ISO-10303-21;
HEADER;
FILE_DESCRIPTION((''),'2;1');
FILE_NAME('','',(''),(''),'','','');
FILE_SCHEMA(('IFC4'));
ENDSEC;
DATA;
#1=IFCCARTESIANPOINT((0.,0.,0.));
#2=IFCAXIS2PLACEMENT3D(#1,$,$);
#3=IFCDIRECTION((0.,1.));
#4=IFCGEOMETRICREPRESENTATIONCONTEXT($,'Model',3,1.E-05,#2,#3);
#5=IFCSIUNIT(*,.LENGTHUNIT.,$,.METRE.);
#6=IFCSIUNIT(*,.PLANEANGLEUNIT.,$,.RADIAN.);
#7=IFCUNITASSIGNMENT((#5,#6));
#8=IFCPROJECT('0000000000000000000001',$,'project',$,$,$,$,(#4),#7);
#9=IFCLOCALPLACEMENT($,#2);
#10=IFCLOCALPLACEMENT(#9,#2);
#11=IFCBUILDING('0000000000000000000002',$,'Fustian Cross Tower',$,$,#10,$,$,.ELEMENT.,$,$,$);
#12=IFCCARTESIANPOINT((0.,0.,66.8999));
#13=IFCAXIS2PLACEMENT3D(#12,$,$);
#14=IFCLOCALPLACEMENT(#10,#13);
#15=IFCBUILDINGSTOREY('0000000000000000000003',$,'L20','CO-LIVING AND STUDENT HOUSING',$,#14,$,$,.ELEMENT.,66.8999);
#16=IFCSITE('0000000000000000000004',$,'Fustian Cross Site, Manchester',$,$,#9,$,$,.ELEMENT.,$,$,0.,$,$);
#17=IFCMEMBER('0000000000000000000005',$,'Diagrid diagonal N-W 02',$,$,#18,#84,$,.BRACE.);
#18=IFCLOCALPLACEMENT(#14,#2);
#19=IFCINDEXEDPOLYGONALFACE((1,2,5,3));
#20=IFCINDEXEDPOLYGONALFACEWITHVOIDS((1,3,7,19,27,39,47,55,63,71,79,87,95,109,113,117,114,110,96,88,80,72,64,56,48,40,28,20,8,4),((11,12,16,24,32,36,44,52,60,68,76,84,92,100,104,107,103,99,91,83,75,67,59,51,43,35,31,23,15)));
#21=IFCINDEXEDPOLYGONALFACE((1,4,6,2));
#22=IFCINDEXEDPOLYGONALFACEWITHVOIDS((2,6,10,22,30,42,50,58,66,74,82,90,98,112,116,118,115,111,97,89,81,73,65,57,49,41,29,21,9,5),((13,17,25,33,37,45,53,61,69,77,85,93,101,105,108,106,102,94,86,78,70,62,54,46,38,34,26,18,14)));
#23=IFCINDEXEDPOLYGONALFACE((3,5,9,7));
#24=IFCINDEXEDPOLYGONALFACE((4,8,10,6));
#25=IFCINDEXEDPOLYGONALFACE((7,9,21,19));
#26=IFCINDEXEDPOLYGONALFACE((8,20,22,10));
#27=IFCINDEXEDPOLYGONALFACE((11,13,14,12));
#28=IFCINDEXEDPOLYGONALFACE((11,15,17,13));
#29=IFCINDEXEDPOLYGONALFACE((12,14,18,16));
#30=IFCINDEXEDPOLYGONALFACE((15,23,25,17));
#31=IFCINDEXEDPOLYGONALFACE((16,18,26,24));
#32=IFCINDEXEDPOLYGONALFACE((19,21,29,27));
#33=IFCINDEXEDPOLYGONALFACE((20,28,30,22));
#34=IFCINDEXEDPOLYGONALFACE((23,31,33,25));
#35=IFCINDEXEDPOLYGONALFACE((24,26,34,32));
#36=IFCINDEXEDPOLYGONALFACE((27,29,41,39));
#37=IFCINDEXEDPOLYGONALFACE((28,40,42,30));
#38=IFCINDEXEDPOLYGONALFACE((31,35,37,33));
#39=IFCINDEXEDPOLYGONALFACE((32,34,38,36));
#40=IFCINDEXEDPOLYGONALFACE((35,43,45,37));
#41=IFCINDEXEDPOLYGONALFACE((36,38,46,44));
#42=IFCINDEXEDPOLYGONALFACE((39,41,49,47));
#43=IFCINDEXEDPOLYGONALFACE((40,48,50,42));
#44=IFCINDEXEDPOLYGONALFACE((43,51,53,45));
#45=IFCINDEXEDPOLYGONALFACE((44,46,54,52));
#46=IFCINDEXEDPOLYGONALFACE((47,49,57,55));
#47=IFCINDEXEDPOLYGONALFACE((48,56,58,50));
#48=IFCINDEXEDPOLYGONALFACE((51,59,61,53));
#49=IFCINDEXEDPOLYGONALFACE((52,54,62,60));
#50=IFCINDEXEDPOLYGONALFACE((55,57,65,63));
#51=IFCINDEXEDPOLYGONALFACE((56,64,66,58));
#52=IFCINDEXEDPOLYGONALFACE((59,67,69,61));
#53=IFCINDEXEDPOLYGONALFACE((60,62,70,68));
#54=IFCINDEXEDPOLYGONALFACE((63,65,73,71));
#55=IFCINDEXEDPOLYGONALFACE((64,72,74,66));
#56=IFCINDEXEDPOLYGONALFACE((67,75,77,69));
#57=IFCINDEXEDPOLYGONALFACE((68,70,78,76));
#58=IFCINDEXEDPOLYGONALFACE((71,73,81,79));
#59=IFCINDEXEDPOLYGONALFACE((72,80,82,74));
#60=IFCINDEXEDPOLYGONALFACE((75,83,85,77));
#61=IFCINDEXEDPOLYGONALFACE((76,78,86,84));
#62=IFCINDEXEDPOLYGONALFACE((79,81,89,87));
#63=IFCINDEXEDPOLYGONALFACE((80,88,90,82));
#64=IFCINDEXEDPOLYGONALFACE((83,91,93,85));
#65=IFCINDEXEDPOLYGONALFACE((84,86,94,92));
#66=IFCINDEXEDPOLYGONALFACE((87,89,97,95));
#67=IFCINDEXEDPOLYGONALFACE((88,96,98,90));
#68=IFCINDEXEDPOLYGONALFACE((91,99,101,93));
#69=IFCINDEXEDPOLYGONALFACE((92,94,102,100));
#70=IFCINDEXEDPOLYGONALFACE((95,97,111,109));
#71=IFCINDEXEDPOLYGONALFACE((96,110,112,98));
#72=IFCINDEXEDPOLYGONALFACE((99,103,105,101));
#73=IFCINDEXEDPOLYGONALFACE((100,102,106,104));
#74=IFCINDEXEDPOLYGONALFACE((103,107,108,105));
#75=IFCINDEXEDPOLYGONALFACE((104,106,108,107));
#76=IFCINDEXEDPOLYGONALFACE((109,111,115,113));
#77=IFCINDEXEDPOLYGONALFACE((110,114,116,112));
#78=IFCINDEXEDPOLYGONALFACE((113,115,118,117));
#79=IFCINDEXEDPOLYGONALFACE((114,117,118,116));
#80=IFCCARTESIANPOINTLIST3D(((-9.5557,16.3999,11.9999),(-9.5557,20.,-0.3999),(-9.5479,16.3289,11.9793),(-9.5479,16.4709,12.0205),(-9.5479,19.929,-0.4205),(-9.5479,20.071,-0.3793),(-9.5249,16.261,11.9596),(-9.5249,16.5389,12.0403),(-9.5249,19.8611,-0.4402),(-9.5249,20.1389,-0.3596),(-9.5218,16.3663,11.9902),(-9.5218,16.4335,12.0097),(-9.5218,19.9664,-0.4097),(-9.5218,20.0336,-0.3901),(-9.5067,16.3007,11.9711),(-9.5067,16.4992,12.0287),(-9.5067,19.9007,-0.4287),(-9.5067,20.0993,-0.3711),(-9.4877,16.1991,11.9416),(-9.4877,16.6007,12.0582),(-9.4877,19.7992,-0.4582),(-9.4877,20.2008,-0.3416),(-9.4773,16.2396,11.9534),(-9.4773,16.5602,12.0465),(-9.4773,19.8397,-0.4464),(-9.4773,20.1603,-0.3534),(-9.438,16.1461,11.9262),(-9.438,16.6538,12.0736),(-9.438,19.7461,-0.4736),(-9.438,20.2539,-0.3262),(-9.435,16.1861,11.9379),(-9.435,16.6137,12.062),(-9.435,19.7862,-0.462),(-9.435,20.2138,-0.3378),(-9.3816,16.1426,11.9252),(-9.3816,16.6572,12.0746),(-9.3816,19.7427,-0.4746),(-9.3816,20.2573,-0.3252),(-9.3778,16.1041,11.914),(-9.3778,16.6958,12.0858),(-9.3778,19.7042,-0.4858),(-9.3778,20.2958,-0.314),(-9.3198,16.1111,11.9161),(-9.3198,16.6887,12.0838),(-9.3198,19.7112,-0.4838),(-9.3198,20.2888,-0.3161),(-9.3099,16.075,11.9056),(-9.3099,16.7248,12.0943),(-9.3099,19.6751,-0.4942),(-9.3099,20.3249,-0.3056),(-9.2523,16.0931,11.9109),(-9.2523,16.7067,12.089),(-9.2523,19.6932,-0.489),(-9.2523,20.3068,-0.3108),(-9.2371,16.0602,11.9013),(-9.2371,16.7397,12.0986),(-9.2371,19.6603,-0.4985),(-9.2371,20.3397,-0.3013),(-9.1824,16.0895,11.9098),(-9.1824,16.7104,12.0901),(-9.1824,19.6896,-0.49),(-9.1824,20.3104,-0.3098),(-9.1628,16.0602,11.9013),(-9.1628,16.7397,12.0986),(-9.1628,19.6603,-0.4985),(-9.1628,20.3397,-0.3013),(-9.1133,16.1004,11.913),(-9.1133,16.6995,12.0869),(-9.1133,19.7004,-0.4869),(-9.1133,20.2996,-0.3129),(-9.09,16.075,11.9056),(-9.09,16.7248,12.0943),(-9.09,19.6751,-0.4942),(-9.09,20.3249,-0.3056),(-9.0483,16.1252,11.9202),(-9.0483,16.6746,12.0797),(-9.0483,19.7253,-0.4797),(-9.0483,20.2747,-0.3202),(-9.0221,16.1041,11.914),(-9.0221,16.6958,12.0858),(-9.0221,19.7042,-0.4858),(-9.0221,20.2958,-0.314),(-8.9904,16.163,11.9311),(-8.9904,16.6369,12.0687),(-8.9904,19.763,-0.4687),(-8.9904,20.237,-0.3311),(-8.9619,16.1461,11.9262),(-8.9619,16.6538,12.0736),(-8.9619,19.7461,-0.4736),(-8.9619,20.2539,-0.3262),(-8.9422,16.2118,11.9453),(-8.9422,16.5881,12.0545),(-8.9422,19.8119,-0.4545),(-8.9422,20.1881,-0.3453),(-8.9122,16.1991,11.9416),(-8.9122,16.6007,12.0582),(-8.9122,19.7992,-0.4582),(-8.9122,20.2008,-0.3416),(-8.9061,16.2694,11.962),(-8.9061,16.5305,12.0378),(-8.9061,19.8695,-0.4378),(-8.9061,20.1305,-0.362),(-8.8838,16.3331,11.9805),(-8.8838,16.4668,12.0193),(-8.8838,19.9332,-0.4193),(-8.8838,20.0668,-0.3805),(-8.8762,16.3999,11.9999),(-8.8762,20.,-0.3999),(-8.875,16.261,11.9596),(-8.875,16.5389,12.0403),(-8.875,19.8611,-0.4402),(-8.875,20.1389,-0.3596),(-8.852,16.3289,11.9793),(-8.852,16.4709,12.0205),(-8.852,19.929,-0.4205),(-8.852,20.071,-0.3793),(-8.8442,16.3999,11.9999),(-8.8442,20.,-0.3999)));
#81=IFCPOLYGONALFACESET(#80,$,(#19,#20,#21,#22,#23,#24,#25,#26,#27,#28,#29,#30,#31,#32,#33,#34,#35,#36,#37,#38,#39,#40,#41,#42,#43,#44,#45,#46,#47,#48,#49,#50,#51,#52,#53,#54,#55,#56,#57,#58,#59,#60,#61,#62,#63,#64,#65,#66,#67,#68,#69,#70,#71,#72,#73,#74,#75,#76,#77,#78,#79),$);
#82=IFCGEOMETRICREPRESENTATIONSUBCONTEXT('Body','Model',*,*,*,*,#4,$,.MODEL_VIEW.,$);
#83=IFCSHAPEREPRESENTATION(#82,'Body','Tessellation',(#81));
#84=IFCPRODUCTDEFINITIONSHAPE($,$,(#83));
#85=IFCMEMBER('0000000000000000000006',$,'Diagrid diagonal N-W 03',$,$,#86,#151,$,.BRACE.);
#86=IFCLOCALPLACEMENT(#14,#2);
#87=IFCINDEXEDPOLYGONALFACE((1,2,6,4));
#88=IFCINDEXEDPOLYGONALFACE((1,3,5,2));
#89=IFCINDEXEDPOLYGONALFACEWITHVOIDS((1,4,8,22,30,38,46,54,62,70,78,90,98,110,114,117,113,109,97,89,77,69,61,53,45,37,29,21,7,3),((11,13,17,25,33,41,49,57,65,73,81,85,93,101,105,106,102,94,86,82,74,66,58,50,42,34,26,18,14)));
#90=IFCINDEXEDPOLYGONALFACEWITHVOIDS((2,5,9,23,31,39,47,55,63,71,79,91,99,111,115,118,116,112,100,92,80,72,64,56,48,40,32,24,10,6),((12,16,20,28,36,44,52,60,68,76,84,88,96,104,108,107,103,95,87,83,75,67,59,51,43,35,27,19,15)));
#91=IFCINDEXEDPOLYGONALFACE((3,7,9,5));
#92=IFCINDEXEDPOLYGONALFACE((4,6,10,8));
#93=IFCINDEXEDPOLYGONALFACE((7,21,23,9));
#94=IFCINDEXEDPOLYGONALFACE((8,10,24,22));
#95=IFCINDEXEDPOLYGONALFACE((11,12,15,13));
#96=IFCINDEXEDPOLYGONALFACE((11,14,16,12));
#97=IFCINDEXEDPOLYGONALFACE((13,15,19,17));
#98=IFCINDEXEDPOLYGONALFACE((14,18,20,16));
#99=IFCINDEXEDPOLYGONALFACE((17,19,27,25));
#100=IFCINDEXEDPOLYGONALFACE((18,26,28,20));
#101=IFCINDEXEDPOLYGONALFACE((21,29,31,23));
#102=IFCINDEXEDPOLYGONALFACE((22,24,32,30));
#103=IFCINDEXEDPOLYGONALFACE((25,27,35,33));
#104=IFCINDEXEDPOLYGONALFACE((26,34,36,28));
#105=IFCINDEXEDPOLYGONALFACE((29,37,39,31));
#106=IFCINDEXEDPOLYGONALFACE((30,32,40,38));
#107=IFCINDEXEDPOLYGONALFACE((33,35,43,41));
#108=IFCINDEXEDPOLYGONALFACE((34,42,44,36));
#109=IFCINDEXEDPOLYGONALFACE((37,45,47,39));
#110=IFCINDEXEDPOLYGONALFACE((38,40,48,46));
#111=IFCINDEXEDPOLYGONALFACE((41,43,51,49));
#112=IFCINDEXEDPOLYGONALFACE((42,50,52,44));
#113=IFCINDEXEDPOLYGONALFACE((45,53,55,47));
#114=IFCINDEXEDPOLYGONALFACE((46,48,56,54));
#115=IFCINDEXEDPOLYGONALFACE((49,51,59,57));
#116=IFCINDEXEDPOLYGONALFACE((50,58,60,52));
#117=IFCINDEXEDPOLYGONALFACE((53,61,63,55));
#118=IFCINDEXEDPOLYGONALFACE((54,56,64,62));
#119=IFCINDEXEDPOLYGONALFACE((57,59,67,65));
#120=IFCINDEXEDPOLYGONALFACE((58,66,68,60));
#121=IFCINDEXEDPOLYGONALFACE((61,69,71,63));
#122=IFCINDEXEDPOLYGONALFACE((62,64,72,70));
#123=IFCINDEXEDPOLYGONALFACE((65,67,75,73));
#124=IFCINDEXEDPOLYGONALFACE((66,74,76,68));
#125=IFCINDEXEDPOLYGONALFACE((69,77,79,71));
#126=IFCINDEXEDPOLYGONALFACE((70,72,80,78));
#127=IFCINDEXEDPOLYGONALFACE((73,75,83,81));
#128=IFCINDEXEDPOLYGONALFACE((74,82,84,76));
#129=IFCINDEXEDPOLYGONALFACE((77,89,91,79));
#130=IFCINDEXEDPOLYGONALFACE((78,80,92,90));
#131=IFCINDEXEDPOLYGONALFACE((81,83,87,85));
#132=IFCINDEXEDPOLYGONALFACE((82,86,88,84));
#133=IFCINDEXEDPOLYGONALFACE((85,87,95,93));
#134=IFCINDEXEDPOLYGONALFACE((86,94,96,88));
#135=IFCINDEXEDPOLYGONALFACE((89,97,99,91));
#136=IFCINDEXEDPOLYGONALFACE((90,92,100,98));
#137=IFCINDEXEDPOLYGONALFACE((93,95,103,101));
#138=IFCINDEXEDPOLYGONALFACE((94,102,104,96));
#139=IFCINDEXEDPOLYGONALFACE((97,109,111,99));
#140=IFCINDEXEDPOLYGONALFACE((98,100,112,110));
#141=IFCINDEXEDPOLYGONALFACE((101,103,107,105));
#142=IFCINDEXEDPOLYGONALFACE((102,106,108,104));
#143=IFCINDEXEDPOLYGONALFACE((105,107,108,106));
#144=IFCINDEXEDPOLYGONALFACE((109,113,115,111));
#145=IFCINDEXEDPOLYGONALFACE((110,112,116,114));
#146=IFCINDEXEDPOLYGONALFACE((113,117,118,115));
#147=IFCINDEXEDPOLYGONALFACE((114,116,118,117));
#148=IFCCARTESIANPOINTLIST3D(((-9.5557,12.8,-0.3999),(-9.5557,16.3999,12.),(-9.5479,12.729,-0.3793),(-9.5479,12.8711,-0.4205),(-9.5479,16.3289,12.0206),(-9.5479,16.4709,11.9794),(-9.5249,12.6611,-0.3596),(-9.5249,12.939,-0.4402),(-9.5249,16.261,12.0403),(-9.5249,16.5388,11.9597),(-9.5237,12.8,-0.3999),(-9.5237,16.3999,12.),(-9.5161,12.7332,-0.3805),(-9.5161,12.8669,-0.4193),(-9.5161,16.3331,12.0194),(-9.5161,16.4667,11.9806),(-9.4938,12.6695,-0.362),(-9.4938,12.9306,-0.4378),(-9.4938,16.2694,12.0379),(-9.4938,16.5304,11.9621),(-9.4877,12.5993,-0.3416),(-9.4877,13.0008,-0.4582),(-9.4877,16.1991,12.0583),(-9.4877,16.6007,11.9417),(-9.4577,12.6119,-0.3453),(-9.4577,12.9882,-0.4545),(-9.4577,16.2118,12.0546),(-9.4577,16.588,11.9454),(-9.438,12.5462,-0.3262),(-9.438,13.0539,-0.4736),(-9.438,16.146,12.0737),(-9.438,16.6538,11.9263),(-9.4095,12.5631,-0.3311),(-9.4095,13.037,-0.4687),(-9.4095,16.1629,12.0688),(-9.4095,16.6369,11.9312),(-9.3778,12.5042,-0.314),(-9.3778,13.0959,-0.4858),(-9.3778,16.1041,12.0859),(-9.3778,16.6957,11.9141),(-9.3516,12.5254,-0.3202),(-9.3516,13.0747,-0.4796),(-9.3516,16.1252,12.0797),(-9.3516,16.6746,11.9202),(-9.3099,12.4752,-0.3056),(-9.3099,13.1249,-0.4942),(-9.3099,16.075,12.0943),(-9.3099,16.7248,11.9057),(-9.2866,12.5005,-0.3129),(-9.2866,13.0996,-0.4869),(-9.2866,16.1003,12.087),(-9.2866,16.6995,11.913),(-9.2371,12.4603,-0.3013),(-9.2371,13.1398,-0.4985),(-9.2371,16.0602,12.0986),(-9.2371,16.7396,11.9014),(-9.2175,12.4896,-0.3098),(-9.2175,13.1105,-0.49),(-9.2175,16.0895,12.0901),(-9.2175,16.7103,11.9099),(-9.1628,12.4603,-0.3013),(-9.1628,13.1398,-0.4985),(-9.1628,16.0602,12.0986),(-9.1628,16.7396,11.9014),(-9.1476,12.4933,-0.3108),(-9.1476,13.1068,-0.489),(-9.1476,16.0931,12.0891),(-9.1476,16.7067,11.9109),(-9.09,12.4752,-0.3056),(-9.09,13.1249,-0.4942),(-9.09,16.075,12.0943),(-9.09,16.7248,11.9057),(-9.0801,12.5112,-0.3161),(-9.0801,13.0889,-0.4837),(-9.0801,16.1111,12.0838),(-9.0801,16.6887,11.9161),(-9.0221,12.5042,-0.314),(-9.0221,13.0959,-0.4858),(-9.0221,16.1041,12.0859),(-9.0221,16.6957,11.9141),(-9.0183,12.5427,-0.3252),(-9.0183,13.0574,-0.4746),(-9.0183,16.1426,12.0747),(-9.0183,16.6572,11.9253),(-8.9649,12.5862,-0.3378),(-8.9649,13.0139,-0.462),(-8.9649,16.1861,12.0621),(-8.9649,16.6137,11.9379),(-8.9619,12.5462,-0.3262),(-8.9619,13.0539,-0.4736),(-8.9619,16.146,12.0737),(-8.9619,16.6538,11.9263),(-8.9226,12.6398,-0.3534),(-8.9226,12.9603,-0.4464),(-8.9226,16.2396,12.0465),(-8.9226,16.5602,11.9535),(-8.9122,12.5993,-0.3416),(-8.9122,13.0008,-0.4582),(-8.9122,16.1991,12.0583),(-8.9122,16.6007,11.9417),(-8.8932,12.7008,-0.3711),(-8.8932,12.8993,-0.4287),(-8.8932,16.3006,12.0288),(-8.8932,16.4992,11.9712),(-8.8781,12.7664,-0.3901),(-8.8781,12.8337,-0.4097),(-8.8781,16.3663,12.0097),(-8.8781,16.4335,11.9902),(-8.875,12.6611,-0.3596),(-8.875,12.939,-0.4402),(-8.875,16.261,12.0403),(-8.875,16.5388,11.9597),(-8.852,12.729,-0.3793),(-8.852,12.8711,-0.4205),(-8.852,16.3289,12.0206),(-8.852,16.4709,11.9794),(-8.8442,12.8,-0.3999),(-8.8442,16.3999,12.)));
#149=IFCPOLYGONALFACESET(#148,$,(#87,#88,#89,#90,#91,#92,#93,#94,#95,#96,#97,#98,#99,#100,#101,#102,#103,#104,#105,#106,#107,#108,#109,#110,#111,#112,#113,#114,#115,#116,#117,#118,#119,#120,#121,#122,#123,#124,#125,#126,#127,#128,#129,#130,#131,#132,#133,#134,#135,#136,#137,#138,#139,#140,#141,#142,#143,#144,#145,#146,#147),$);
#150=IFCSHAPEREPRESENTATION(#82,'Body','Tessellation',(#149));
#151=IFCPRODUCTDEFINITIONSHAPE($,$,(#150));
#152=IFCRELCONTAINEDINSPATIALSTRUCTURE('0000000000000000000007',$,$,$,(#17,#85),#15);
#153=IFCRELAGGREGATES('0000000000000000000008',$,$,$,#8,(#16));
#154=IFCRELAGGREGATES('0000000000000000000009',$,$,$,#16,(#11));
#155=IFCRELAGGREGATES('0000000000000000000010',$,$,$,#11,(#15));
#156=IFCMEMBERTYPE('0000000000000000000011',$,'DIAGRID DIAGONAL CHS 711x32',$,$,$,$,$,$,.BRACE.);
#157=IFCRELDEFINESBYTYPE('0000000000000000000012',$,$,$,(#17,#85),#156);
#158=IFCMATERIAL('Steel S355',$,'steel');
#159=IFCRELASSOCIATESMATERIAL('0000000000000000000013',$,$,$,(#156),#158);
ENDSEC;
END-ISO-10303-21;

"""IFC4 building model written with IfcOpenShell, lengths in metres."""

from ifc_helpers import new_model, si_unit, direction, frame, origin, origin_2d, place, context, subcontext, project, spatial, hollow_circle, extrude, material, material_profile, profile_set, type_object, element, save


model = new_model("IFC4")

# Units and contexts
model_context = context("Model", 3, precision=1e-05, world=origin(), true_north=direction((0.0, 1.0)))
body_context = subcontext(model_context, "Body", "Model", "MODEL_VIEW")
ifc_project = project(units=[si_unit("LENGTHUNIT", "METRE"), si_unit("PLANEANGLEUNIT", "RADIAN")], contexts=[model_context])

# Site, building, storey
site_placement = place(None, origin())
site = spatial("IfcSite", under=ifc_project, at=site_placement, Name="Fustian Cross Site, Manchester", CompositionType="ELEMENT", RefElevation=0.0)
building_placement = place(site_placement, origin())
building = spatial("IfcBuilding", under=site, at=building_placement, Name="Fustian Cross Tower", CompositionType="ELEMENT")
storey_placement = place(building_placement, frame((0.0, 0.0, 66.8999)))
storey = spatial("IfcBuildingStorey", under=building, at=storey_placement, Name="L20", Description="CO-LIVING AND STUDENT HOUSING", CompositionType="ELEMENT", Elevation=66.8999)

# Members
ifc_material_1 = material(Name="Steel S355", Category="steel")
ifc_material_profile_1 = material_profile(ifc_material_1, hollow_circle(Radius=0.3557, WallThickness=0.032, at=origin_2d()), Name="CHS 711x32")
ifc_profile_set_1 = profile_set([ifc_material_profile_1], Name="Steel S355")
member_type_1 = type_object("IfcMemberType", Name="DIAGRID DIAGONAL CHS 711x32", PredefinedType="BRACE", material=ifc_profile_set_1)
for number, where, z_axis, x_axis, name in (
    (1, (-9.2, 20.0, -0.3999), (0.0, -0.278819, 0.960344), (1.0, 0.0, 0.0), "Diagrid diagonal N-W 02"),
    (2, (-9.2, 12.8, -0.3999), (0.0, 0.278802, 0.960349), (-1.0, 0.0, 0.0), "Diagrid diagonal N-W 03"),
):
    element("IfcMember", number, at=place(storey_placement, frame(where, z_axis=z_axis, x_axis=x_axis)), inside=storey, type_object=member_type_1, Name=name, PredefinedType="BRACE", context=body_context, shape_type="SweptSolid", body=[
        extrude(hollow_circle(Radius=0.3557, WallThickness=0.032, at=origin_2d()), origin(), (0.0, 0.0, 1.0), 12.9119),
    ])

save(model, "model.ifc")
